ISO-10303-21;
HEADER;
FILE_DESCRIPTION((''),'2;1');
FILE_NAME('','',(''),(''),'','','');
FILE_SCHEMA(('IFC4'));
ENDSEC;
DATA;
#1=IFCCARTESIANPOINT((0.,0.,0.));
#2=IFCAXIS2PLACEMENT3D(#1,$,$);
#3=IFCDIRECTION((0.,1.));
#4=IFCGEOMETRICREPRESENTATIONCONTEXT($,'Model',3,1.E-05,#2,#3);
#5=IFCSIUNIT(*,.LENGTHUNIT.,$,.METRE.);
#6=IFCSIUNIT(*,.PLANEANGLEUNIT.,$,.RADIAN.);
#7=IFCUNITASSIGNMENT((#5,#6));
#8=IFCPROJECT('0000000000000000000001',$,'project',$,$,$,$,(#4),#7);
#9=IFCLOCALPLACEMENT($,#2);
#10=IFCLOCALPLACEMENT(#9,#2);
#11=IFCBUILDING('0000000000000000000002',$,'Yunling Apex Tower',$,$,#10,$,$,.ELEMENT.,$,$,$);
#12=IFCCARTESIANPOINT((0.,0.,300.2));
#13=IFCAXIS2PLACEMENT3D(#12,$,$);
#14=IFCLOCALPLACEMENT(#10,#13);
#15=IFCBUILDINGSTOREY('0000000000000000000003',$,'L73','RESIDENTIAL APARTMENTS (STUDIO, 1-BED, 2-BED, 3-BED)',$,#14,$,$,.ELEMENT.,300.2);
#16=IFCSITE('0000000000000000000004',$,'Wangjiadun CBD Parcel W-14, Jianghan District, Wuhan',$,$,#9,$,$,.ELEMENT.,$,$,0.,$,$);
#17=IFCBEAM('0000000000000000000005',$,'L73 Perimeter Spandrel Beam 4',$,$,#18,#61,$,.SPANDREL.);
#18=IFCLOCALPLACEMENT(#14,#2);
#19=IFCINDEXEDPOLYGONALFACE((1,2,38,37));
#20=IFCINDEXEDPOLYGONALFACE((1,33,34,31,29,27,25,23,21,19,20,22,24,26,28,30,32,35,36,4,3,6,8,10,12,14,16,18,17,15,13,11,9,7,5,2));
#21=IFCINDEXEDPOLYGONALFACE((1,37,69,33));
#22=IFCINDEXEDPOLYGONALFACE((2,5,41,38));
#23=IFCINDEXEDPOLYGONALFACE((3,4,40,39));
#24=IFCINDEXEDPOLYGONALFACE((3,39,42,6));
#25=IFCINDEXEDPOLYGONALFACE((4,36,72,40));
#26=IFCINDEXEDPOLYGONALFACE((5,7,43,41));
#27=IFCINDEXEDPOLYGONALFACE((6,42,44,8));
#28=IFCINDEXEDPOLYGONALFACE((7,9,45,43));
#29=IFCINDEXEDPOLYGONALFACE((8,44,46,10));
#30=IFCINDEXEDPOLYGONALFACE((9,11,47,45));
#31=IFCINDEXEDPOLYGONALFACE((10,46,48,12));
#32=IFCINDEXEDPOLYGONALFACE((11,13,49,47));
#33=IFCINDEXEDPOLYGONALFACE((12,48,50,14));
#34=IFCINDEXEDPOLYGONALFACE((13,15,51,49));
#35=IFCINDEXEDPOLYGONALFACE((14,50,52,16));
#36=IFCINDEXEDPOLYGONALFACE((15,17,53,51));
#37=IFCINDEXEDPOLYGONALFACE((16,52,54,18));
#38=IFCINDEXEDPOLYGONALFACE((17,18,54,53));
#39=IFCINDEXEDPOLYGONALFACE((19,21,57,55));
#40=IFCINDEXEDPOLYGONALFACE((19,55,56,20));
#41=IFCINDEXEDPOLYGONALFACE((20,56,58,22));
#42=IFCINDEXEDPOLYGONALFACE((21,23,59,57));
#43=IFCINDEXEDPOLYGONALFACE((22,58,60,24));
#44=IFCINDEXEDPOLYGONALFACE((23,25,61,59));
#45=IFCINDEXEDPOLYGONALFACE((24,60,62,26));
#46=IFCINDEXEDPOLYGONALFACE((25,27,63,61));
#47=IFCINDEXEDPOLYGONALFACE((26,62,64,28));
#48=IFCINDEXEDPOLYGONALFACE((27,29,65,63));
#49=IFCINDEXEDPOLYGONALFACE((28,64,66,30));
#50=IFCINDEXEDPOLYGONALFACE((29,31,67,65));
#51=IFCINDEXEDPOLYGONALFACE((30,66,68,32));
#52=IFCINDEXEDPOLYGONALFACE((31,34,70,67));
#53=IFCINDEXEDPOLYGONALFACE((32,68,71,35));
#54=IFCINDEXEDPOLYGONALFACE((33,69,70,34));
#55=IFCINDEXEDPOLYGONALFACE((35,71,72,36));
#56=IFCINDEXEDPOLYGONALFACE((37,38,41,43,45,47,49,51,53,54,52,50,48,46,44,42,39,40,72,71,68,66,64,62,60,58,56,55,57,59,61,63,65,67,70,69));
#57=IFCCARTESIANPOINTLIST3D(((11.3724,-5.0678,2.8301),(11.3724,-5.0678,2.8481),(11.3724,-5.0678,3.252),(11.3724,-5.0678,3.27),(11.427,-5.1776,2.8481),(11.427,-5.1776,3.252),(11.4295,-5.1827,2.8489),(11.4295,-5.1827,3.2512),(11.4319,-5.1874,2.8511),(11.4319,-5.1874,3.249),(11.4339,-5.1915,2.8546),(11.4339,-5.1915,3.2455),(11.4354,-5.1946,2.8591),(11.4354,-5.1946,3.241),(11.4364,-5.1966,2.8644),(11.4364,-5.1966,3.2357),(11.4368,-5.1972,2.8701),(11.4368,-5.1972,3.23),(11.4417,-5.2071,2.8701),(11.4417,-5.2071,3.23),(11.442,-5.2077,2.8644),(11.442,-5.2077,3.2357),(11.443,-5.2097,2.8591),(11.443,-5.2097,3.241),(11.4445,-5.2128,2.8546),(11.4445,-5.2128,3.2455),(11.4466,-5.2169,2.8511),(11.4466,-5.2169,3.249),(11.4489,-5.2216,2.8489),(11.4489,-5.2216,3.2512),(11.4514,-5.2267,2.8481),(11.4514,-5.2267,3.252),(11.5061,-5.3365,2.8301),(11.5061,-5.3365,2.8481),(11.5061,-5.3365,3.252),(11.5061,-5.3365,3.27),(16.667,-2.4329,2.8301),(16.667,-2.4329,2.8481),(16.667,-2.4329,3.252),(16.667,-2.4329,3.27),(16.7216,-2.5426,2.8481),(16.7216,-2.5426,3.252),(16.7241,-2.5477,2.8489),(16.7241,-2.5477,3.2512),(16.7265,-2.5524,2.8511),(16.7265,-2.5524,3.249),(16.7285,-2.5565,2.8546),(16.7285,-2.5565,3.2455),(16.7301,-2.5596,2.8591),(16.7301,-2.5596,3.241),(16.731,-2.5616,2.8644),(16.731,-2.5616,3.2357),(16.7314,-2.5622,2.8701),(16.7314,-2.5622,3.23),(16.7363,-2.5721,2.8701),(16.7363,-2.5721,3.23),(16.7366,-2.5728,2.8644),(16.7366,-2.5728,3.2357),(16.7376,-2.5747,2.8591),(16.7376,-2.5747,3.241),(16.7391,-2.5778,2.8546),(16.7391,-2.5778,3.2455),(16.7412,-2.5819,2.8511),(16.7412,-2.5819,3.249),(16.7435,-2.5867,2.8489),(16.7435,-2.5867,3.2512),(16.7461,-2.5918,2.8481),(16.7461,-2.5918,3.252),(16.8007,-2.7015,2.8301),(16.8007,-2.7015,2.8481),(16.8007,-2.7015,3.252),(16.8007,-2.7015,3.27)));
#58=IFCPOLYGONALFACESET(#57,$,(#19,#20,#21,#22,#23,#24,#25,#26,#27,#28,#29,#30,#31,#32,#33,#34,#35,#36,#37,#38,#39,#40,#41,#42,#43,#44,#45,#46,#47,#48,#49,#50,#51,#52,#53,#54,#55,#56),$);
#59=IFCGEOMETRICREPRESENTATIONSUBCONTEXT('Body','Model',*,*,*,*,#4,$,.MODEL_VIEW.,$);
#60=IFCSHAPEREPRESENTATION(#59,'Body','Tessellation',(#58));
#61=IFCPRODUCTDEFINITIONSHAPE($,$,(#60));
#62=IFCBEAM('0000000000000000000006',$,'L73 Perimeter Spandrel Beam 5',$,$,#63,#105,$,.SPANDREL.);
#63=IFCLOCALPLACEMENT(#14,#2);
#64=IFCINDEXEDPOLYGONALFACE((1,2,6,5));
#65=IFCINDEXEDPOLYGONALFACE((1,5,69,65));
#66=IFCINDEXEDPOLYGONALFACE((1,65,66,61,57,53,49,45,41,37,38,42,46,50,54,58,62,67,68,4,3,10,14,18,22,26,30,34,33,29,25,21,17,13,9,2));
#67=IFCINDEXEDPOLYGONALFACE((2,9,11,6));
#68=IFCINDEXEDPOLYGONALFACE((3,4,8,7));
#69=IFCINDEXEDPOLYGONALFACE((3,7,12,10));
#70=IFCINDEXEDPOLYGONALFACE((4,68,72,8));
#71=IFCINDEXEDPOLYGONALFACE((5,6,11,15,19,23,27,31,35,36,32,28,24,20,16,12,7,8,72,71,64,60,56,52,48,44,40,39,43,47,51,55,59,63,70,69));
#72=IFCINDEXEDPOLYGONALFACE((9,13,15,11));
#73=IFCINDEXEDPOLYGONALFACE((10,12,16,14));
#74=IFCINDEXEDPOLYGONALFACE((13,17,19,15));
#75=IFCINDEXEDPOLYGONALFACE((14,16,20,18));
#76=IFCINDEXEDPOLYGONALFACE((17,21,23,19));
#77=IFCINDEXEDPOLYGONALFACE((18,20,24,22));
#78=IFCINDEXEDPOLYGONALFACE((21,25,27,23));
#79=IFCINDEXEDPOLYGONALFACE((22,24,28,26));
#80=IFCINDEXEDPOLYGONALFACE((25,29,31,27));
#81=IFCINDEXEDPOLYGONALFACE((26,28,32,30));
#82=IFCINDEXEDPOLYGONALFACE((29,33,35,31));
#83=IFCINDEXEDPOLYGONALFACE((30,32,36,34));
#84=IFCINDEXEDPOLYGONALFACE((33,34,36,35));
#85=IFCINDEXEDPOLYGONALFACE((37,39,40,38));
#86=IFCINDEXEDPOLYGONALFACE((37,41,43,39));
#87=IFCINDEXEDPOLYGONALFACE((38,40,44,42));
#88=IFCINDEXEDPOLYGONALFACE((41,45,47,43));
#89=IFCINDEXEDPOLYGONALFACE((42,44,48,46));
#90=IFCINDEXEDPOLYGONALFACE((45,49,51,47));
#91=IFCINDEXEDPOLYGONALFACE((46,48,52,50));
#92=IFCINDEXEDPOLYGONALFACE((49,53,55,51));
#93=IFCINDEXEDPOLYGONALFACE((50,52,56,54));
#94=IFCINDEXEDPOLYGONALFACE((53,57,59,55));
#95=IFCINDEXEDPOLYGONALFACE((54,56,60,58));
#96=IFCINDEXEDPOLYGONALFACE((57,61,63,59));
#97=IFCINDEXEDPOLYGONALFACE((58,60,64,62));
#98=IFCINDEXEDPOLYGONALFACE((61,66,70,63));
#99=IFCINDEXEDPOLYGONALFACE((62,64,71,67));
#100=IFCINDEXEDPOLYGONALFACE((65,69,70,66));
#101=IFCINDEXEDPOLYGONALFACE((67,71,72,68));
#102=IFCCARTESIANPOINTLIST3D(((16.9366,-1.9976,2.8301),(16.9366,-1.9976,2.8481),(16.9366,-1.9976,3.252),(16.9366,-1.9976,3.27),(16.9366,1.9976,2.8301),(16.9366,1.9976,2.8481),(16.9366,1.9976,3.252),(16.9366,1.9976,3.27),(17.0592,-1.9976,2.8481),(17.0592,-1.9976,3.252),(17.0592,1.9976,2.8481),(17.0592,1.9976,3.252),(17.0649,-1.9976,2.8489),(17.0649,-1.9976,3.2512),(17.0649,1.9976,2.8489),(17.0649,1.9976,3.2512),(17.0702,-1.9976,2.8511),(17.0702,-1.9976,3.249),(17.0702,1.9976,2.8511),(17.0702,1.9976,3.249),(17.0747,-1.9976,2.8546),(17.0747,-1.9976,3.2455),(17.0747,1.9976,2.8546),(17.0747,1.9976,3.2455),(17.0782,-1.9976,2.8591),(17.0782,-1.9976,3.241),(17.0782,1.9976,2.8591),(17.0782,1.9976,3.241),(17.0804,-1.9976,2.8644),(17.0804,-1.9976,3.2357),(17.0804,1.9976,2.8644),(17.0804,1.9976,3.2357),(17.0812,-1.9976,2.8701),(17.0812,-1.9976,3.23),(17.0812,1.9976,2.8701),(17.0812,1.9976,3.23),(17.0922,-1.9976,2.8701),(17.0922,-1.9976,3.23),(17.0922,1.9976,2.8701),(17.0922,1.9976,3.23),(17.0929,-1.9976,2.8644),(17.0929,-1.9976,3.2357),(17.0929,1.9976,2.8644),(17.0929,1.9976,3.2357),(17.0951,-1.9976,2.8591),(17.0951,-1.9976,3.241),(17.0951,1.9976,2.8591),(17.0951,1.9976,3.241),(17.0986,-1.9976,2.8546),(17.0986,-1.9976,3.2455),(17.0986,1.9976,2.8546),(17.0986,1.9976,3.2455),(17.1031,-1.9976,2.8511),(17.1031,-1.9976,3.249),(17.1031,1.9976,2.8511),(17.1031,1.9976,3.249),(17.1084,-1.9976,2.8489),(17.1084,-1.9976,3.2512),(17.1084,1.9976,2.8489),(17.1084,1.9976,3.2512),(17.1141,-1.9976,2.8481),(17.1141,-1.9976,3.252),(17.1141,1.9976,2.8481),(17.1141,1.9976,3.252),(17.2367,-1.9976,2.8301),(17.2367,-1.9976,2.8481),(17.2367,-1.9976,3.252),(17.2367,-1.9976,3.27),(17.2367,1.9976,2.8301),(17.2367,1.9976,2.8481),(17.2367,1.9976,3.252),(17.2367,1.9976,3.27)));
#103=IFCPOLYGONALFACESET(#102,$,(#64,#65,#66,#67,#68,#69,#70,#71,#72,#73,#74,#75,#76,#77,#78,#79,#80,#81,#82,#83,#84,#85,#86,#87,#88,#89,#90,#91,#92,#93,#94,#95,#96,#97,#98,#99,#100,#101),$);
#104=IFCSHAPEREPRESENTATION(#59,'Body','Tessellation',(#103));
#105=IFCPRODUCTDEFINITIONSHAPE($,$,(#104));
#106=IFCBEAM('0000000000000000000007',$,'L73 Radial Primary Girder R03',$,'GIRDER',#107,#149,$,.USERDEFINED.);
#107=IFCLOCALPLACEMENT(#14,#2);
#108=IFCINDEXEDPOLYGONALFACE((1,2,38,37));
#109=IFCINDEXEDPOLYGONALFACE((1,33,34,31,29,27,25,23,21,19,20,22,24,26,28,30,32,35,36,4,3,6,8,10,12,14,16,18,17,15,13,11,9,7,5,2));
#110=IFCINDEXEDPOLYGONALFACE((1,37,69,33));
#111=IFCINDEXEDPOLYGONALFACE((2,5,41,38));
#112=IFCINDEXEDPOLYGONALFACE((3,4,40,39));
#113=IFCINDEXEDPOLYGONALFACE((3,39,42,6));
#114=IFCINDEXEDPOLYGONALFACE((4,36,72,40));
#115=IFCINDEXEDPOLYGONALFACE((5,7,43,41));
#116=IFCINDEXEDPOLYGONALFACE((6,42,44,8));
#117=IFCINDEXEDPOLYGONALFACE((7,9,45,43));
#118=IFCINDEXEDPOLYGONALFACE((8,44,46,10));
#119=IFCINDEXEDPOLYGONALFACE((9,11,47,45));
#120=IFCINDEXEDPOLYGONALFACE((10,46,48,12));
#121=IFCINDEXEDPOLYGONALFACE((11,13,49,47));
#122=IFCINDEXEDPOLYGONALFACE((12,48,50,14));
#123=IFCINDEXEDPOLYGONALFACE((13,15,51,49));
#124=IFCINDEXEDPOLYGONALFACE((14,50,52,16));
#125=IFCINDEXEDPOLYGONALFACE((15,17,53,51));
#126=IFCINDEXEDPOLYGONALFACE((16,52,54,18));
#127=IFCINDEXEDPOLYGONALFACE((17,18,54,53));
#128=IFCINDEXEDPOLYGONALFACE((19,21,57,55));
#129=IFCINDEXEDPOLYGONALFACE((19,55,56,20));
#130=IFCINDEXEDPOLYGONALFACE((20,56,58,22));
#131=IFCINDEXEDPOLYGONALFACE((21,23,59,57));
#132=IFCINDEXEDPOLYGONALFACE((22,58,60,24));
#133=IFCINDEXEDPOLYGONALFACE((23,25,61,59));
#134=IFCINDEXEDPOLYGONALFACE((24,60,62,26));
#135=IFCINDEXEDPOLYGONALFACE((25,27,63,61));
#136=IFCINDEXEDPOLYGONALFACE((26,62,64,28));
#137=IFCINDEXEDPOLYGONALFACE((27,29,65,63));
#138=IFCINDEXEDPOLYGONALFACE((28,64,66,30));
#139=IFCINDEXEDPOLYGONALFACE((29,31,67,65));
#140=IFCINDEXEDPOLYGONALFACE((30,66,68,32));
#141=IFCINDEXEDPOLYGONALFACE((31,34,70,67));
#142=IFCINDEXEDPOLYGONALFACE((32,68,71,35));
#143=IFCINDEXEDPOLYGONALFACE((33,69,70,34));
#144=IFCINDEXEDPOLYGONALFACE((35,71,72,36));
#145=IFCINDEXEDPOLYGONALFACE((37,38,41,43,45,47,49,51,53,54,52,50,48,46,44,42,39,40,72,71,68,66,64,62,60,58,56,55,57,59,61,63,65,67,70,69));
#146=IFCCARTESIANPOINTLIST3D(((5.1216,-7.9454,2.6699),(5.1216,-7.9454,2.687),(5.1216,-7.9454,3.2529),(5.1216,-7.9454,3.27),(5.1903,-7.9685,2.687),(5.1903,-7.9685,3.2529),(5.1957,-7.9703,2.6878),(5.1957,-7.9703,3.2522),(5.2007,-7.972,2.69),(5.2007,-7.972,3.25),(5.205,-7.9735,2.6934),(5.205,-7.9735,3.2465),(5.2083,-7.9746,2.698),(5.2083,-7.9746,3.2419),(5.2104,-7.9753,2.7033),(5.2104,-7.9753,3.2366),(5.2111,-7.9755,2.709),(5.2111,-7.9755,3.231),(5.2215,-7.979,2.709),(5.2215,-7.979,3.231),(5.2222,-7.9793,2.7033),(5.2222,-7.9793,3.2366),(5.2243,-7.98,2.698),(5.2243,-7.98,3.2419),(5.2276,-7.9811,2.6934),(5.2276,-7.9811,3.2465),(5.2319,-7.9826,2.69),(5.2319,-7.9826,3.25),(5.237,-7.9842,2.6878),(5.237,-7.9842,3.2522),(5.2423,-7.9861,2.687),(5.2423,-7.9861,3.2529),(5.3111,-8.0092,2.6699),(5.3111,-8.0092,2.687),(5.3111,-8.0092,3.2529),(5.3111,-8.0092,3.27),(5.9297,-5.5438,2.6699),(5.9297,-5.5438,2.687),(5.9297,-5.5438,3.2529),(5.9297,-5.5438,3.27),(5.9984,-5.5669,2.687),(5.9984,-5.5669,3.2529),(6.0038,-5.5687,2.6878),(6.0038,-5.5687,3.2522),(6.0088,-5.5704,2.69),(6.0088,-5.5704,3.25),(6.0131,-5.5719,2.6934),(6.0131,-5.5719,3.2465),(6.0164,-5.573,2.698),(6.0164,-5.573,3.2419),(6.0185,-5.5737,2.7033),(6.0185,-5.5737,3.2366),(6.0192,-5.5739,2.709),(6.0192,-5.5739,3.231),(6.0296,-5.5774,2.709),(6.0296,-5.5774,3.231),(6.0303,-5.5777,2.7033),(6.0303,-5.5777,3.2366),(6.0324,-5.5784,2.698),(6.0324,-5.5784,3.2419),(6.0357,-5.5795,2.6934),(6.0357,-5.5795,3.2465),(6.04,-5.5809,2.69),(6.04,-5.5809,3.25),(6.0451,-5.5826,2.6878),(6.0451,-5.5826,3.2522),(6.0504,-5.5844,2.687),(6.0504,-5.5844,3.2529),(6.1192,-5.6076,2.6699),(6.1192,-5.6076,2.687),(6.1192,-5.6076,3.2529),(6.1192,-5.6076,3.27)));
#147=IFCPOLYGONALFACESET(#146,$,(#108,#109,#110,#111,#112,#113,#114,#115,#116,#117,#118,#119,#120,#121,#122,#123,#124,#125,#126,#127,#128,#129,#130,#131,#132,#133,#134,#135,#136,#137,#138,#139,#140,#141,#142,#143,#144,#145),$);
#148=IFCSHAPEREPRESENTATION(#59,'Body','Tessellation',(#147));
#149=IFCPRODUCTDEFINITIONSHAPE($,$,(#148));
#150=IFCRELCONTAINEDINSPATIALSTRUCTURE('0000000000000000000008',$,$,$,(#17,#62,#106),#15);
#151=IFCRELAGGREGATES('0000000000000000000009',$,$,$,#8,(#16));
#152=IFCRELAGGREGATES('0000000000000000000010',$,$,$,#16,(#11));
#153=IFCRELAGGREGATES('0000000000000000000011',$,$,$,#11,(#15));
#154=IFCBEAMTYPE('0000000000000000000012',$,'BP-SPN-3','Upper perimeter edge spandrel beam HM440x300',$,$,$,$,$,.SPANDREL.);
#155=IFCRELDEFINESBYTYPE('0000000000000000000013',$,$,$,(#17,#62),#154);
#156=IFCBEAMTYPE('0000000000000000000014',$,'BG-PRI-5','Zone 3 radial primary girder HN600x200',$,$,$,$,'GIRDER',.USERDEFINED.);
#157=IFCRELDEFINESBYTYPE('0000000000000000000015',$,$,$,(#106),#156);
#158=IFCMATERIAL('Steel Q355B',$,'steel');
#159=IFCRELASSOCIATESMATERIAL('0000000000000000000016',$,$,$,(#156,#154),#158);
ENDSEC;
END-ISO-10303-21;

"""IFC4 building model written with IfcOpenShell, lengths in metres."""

from ifc_helpers import new_model, si_unit, direction, frame, origin, origin_2d, place, context, subcontext, project, spatial, i_section, extrude, source, transform, mapped, material, material_profile, profile_set, type_object, element, save


model = new_model("IFC4")

# Units and contexts
model_context = context("Model", 3, precision=1e-05, world=origin(), true_north=direction((0.0, 1.0)))
body_context = subcontext(model_context, "Body", "Model", "MODEL_VIEW")
ifc_project = project(units=[si_unit("LENGTHUNIT", "METRE"), si_unit("PLANEANGLEUNIT", "RADIAN")], contexts=[model_context])

# Site, building, storey
site_placement = place(None, origin())
site = spatial("IfcSite", under=ifc_project, at=site_placement, Name="Wangjiadun CBD Parcel W-14, Jianghan District, Wuhan", CompositionType="ELEMENT", RefElevation=0.0)
building_placement = place(site_placement, origin())
building = spatial("IfcBuilding", under=site, at=building_placement, Name="Yunling Apex Tower", CompositionType="ELEMENT")
storey_placement = place(building_placement, frame((0.0, 0.0, 300.2)))
storey = spatial("IfcBuildingStorey", under=building, at=storey_placement, Name="L73", Description="RESIDENTIAL APARTMENTS (STUDIO, 1-BED, 2-BED, 3-BED)", CompositionType="ELEMENT", Elevation=300.2)

# Shared definitions
ifc_material_1 = material(Name="Steel Q355B", Category="steel")

# Beams
ifc_material_profile_1 = material_profile(ifc_material_1, i_section(OverallWidth=0.2, OverallDepth=0.6001, WebThickness=0.011, FlangeThickness=0.0171, FilletRadius=0.022, at=origin_2d()))
ifc_profile_set_1 = profile_set([ifc_material_profile_1], Name="Steel Q355B")
beam_type_1 = type_object("IfcBeamType", Name="BG-PRI-5", Description="Zone 3 radial primary girder HN600x200", ElementType="GIRDER", PredefinedType="USERDEFINED", material=ifc_profile_set_1)
ifc_material_profile_2 = material_profile(ifc_material_1, i_section(OverallWidth=0.3, OverallDepth=0.4399, WebThickness=0.011, FlangeThickness=0.0181, FilletRadius=0.022, at=origin_2d()))
ifc_profile_set_2 = profile_set([ifc_material_profile_2], Name="Steel Q355B")
beam_type_2 = type_object("IfcBeamType", Name="BP-SPN-3", Description="Upper perimeter edge spandrel beam HM440x300", PredefinedType="SPANDREL", material=ifc_profile_set_2)
shared_shape_1 = source(origin(), body_context, "Body", "SweptSolid", [
    extrude(i_section(OverallWidth=0.3, OverallDepth=0.4399, WebThickness=0.011, FlangeThickness=0.0181, FilletRadius=0.022, at=origin_2d()), origin(), (0.0, 0.0, 1.0), 5.9141),
])
for number, where, z_axis, x_axis, name in (
    (1, (11.4392, -5.2021, 3.05), (0.89526, 0.445545, 0.0), (-0.445545, 0.89526, 0.0), "L73 Perimeter Spandrel Beam 4"),
):
    element("IfcBeam", number, at=place(storey_placement, frame(where, z_axis=z_axis, x_axis=x_axis)), inside=storey, type_object=beam_type_2, Name=name, PredefinedType="SPANDREL", context=body_context, shape_type="MappedRepresentation", body=[
        mapped(shared_shape_1, transform((0.0, 0.0, 0.0), scale=1.0)),
    ])
shared_shape_2 = source(origin(), body_context, "Body", "SweptSolid", [
    extrude(i_section(OverallWidth=0.3, OverallDepth=0.4399, WebThickness=0.011, FlangeThickness=0.0181, FilletRadius=0.022, at=origin_2d()), origin(), (0.0, 0.0, 1.0), 3.9951),
])
beam_1_placement = place(storey_placement, frame((17.0867, -1.9976, 3.05), z_axis=(0.0, 1.0, 0.0), x_axis=(-1.0, 0.0, 0.0)))
element("IfcBeam", 2, at=beam_1_placement, inside=storey, type_object=beam_type_2, Name="L73 Perimeter Spandrel Beam 5", PredefinedType="SPANDREL", context=body_context, shape_type="MappedRepresentation", body=[
    mapped(shared_shape_2, transform((0.0, 0.0, 0.0), scale=1.0)),
])
shared_shape_3 = source(origin(), body_context, "Body", "SweptSolid", [
    extrude(i_section(OverallWidth=0.2, OverallDepth=0.6001, WebThickness=0.011, FlangeThickness=0.0171, FilletRadius=0.022, at=origin_2d()), origin(), (0.0, 0.0, 1.0), 2.5339),
])
beam_2_placement = place(storey_placement, frame((5.2163, -7.9773, 2.97), z_axis=(0.318915, 0.947783, 0.0), x_axis=(-0.947783, 0.318915, 0.0)))
element("IfcBeam", 3, at=beam_2_placement, inside=storey, type_object=beam_type_1, Name="L73 Radial Primary Girder R03", ObjectType="GIRDER", PredefinedType="USERDEFINED", context=body_context, shape_type="MappedRepresentation", body=[
    mapped(shared_shape_3, transform((0.0, 0.0, 0.0), scale=1.0)),
])

save(model, "model.ifc")
